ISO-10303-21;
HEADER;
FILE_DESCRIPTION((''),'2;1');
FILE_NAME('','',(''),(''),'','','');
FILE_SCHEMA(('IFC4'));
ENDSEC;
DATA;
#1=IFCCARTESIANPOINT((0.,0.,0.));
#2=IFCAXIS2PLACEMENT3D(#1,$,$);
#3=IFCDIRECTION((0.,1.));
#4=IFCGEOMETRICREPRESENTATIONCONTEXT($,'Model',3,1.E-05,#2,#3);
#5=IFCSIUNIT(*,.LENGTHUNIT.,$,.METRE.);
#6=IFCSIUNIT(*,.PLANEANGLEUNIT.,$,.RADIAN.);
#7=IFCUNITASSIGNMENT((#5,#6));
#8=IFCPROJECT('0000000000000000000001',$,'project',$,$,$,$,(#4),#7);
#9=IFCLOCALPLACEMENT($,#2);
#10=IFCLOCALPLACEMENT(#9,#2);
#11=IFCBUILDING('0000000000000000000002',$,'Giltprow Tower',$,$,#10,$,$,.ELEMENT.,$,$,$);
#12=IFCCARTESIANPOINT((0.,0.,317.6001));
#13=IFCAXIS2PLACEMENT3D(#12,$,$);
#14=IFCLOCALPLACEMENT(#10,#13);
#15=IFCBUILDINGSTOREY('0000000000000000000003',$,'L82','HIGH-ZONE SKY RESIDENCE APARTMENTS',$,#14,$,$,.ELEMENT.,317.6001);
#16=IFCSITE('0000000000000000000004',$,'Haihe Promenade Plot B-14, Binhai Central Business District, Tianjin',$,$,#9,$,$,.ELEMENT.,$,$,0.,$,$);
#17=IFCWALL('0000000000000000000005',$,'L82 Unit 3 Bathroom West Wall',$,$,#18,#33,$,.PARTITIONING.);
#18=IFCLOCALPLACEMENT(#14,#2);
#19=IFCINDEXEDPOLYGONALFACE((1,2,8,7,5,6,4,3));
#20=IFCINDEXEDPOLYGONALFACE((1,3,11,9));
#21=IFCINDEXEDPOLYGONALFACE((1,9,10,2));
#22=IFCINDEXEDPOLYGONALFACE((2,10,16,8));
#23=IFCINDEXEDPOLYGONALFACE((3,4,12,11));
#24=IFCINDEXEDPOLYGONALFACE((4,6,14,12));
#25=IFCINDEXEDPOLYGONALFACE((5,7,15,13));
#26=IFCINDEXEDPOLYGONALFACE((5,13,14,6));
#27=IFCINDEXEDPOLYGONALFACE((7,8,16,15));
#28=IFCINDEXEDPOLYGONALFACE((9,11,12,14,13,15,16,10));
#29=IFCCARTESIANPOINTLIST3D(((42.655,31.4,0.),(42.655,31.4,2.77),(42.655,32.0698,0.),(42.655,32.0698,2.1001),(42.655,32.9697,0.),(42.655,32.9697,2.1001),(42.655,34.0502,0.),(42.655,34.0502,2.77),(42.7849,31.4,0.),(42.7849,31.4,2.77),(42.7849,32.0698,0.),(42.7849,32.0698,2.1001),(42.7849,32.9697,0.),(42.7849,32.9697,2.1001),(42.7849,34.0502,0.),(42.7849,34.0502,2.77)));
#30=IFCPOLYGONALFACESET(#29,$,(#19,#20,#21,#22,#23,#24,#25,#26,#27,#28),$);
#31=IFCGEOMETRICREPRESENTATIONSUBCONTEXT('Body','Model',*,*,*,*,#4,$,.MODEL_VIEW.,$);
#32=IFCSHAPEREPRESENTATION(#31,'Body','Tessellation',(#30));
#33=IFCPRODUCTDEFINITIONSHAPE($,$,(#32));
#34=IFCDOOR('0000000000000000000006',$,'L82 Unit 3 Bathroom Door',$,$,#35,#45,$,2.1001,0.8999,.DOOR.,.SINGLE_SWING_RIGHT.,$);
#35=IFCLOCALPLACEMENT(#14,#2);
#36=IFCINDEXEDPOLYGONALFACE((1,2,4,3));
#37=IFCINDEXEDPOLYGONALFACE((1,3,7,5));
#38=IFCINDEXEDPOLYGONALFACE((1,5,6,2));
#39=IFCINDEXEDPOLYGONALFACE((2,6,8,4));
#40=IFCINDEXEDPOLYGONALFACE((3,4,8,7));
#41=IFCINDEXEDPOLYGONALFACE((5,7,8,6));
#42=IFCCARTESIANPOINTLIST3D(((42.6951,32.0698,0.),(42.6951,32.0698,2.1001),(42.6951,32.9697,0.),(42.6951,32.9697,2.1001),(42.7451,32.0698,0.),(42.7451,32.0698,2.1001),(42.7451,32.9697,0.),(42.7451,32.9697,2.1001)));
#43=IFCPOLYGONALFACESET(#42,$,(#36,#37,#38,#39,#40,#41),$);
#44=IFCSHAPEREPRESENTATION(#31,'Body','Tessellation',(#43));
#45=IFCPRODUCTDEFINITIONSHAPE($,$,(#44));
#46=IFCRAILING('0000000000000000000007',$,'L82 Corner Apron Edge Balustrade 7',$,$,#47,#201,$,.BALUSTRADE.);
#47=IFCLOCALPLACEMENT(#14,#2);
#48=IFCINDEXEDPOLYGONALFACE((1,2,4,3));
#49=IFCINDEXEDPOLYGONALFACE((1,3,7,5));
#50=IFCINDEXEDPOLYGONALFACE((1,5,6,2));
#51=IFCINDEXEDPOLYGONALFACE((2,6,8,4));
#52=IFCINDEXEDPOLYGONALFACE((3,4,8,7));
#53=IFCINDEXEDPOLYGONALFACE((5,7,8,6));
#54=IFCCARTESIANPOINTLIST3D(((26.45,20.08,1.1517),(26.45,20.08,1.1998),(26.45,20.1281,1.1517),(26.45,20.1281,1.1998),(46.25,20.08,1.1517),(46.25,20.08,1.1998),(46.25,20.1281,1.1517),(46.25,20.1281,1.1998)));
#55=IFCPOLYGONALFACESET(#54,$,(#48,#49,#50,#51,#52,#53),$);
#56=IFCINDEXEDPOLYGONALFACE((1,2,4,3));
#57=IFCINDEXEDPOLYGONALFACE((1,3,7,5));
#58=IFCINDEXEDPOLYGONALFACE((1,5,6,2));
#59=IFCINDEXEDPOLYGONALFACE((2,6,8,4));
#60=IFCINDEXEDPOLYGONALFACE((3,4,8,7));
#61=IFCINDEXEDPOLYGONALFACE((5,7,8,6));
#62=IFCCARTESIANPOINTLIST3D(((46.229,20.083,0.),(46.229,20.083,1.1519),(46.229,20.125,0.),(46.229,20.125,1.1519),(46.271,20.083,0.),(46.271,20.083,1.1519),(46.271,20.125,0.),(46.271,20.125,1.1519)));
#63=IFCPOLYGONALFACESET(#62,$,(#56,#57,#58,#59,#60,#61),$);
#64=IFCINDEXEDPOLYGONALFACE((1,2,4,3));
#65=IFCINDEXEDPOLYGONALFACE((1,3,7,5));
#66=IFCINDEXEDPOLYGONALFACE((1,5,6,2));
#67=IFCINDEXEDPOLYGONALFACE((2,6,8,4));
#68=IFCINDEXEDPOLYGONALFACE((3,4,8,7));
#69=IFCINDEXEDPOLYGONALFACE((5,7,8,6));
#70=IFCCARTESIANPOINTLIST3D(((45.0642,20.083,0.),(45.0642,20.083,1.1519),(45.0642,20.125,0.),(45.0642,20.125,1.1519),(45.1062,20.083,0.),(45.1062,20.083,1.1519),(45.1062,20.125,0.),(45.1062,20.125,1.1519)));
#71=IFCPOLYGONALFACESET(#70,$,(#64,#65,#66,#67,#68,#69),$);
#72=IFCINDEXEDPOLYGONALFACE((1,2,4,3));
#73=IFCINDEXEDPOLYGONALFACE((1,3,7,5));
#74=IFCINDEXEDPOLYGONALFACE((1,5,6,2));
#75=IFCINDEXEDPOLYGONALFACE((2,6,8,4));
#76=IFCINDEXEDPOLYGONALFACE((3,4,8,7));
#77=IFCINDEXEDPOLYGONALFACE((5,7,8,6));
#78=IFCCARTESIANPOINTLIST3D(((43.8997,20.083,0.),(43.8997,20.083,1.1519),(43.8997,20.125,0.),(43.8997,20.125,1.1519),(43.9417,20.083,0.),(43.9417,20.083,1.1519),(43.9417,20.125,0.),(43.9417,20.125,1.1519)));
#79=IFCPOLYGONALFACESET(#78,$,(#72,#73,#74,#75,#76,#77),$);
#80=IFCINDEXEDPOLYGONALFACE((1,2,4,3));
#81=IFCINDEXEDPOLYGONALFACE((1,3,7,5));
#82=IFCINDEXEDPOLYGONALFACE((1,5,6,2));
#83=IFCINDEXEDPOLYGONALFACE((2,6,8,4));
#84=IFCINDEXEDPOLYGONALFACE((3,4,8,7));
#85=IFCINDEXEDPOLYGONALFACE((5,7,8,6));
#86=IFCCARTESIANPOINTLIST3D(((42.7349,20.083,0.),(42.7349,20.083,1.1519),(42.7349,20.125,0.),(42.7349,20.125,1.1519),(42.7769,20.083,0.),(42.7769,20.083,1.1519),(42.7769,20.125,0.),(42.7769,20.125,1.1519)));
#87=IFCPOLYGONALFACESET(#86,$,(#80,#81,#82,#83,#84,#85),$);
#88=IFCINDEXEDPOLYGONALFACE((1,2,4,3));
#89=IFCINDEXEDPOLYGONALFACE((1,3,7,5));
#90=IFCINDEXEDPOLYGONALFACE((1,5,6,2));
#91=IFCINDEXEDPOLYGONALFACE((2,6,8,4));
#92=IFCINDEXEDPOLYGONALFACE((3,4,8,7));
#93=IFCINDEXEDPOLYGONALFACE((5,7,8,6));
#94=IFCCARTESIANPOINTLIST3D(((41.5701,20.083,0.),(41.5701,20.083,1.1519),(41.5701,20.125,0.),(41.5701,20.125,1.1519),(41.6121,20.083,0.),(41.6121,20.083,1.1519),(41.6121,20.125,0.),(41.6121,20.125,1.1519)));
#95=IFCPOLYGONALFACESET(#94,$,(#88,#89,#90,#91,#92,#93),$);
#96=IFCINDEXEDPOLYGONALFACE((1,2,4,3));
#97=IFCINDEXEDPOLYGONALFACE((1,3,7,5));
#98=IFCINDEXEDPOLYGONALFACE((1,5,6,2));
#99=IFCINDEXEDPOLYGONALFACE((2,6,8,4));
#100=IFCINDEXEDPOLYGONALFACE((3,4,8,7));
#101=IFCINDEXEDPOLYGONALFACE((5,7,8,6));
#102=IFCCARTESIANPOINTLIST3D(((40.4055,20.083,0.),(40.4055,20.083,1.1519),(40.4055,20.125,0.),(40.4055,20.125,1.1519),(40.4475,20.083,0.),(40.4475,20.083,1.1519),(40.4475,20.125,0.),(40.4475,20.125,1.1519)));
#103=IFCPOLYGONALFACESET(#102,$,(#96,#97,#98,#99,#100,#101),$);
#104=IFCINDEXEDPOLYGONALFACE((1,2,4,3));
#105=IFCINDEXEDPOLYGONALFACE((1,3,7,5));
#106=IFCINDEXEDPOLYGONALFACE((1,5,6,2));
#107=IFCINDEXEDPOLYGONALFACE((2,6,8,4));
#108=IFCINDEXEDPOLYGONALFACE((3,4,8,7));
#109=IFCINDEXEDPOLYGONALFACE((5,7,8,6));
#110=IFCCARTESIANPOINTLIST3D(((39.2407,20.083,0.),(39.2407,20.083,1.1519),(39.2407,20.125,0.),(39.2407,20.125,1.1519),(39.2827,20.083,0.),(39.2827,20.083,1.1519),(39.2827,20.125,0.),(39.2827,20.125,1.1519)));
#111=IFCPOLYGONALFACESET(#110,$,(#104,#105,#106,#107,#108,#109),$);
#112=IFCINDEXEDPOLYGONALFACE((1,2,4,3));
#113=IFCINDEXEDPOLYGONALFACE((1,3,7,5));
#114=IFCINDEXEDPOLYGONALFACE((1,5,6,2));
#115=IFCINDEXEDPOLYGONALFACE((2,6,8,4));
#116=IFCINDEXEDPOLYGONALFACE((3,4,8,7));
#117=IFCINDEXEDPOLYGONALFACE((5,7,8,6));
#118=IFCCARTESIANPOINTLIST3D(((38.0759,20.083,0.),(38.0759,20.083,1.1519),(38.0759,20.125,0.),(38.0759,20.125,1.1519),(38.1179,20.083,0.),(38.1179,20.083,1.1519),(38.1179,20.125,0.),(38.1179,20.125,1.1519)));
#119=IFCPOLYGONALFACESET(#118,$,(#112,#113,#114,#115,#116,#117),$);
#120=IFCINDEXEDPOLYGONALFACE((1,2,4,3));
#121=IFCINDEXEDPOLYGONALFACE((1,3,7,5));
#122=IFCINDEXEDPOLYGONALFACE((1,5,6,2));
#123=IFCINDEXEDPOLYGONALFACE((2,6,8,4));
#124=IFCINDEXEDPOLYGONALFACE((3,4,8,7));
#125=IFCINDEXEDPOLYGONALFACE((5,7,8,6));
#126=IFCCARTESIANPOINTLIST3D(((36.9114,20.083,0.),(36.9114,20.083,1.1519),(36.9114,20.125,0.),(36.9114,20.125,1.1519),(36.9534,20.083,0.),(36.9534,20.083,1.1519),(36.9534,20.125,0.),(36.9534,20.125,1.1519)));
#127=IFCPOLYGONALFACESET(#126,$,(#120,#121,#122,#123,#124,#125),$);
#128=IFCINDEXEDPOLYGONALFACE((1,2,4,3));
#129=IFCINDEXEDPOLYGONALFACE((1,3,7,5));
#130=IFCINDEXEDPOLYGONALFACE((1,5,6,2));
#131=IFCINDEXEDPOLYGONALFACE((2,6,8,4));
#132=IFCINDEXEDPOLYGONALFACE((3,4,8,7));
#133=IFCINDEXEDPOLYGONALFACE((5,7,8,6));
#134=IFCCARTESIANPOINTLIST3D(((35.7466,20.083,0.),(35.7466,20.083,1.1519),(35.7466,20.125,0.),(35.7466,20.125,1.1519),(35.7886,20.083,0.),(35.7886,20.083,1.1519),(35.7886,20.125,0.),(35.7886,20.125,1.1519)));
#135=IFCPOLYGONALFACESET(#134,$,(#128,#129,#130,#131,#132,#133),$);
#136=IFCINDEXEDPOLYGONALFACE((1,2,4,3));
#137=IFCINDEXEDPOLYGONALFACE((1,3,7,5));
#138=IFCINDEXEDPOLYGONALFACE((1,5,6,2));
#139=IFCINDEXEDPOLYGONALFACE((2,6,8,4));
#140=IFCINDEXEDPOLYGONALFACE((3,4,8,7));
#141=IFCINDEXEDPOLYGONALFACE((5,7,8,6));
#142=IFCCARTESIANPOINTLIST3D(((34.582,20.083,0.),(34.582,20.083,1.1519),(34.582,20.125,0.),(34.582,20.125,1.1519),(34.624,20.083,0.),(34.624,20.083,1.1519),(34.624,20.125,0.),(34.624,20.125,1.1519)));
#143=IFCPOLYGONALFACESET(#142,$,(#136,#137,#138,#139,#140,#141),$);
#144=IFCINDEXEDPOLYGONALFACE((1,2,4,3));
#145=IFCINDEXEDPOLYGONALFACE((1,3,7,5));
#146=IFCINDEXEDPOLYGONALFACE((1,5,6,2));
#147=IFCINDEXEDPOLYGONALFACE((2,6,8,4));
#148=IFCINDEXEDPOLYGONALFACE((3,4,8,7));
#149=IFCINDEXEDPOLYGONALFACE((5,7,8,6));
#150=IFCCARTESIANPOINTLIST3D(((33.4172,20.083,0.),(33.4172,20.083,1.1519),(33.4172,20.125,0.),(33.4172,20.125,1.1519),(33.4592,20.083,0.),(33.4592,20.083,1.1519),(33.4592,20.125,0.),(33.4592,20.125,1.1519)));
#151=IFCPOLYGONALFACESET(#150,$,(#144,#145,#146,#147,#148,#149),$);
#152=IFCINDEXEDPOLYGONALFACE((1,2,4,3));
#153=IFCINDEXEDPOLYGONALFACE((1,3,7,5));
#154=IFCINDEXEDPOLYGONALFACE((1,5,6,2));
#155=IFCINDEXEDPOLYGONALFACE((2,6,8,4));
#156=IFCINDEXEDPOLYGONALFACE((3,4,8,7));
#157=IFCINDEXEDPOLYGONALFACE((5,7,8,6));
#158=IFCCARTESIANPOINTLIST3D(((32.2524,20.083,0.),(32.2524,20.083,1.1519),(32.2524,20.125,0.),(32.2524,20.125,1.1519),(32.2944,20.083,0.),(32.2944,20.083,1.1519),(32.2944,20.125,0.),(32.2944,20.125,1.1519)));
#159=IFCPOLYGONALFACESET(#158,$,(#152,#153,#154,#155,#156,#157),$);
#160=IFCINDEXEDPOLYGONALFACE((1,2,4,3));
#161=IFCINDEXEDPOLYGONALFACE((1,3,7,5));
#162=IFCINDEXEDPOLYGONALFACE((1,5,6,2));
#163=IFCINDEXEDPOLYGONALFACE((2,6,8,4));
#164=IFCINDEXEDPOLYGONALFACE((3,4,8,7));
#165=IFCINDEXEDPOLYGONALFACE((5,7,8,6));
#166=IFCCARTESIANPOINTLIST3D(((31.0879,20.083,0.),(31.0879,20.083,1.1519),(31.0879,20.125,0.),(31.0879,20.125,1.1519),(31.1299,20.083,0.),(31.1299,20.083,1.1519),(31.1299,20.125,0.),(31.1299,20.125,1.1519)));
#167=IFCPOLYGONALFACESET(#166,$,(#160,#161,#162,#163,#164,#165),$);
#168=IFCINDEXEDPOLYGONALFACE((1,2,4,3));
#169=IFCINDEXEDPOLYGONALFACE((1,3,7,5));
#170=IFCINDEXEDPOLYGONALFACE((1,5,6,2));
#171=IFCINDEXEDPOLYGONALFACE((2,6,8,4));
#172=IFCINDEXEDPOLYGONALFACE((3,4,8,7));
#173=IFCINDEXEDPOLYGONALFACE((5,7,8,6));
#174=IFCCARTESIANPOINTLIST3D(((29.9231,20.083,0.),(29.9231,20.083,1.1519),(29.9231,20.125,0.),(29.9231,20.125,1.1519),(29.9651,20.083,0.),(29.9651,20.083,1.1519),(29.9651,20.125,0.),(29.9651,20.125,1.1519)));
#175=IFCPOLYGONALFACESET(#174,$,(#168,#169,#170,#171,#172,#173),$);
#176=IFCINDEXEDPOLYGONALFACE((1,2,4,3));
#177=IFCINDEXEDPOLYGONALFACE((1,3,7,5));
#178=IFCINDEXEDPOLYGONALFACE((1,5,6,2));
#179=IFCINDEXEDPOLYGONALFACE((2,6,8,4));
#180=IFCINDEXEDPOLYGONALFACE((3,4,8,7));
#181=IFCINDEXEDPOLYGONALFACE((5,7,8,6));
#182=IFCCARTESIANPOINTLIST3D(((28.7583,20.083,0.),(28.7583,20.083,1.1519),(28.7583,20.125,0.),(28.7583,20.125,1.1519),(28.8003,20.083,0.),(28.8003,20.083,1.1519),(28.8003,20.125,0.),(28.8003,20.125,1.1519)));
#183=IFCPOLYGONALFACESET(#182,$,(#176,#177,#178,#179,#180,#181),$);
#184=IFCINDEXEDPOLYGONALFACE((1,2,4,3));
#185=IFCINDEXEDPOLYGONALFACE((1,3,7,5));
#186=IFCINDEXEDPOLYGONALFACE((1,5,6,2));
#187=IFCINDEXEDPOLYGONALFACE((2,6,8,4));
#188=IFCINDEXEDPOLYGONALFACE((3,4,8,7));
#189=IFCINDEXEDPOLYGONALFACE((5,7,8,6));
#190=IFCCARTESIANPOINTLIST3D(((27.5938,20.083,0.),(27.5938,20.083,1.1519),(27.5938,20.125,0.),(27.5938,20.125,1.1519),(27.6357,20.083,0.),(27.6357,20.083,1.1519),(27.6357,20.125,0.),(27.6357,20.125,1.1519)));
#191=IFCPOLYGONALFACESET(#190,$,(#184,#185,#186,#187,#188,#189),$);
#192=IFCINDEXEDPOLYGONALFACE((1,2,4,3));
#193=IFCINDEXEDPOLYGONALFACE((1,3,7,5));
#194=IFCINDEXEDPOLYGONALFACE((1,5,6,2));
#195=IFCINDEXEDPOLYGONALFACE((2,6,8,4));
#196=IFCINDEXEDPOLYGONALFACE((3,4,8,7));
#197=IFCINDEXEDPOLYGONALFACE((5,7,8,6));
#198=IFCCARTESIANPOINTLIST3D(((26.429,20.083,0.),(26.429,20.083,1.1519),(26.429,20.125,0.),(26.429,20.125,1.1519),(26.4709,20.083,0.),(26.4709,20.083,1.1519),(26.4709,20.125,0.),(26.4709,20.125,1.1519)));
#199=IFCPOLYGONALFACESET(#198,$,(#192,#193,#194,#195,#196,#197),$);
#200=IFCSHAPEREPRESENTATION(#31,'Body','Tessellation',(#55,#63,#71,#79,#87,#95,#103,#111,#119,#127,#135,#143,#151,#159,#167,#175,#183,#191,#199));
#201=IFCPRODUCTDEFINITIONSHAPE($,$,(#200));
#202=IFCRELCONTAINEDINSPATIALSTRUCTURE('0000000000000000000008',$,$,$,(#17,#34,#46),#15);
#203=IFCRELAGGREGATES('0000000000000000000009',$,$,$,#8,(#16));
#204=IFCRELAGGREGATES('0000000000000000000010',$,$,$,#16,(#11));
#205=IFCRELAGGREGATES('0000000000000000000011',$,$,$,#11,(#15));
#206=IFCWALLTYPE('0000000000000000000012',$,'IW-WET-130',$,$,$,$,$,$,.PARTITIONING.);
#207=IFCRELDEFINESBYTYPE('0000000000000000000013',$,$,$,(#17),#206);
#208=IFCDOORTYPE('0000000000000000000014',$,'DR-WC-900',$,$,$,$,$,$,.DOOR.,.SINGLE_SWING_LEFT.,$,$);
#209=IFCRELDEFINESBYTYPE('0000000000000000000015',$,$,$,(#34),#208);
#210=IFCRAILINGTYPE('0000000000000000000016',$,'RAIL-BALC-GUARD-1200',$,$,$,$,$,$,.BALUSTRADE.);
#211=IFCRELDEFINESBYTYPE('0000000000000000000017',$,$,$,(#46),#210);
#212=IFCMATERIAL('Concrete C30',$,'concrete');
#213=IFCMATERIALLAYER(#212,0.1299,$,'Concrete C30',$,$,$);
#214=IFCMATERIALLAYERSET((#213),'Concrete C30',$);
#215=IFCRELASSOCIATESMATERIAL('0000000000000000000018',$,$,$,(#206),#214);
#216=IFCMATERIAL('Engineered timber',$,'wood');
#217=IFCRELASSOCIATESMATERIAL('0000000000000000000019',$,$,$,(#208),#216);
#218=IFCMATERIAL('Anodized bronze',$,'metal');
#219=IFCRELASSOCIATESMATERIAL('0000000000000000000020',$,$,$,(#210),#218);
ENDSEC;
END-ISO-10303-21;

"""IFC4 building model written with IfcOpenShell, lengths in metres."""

from ifc_helpers import new_model, si_unit, direction, frame, frame_2d, origin, origin_2d, place, context, subcontext, project, spatial, rectangle, extrude, source, transform, mapped, material, layer, layer_set, type_object, element, fill, save


model = new_model("IFC4")

# Units and contexts
model_context = context("Model", 3, precision=1e-05, world=origin(), true_north=direction((0.0, 1.0)))
body_context = subcontext(model_context, "Body", "Model", "MODEL_VIEW")
ifc_project = project(units=[si_unit("LENGTHUNIT", "METRE"), si_unit("PLANEANGLEUNIT", "RADIAN")], contexts=[model_context])

# Site, building, storey
site_placement = place(None, origin())
site = spatial("IfcSite", under=ifc_project, at=site_placement, Name="Haihe Promenade Plot B-14, Binhai Central Business District, Tianjin", CompositionType="ELEMENT", RefElevation=0.0)
building_placement = place(site_placement, origin())
building = spatial("IfcBuilding", under=site, at=building_placement, Name="Giltprow Tower", CompositionType="ELEMENT")
storey_placement = place(building_placement, frame((0.0, 0.0, 317.6001)))
storey = spatial("IfcBuildingStorey", under=building, at=storey_placement, Name="L82", Description="HIGH-ZONE SKY RESIDENCE APARTMENTS", CompositionType="ELEMENT", Elevation=317.6001)

# Shared definitions
ifc_material_1 = material(Name="Engineered timber", Category="wood")

# Shared definitions
ifc_material_2 = material(Name="Concrete C30", Category="concrete")
ifc_layer_1 = layer(ifc_material_2, 0.1299, Name="Concrete C30")
ifc_layer_set_1 = layer_set([ifc_layer_1], Name="Concrete C30")
wall_type_1 = type_object("IfcWallType", Name="IW-WET-130", PredefinedType="PARTITIONING", material=ifc_layer_set_1)

# Wall, opening, door
wall_1_placement = place(storey_placement, frame((42.72, 31.3999, 0.0), z_axis=(0.0, 0.0, 1.0), x_axis=(0.0, 1.0, 0.0)))
wall_1 = element("IfcWall", 1, at=wall_1_placement, inside=storey, type_object=wall_type_1, Name="L82 Unit 3 Bathroom West Wall", PredefinedType="PARTITIONING", context=body_context, shape_type="SweptSolid", body=[
    extrude(rectangle(XDim=2.6501, YDim=0.1299, at=frame_2d((1.3252, 0.0))), origin(), (0.0, 0.0, 1.0), 2.77),
])
opening_1_placement = place(wall_1_placement, frame((0.6699, 0.0, 0.0)))
opening_1 = element("IfcOpeningElement", 2, at=opening_1_placement, cuts=wall_1, PredefinedType="OPENING", context=body_context, shape_type="SweptSolid", body=[
    extrude(rectangle(XDim=0.8999, YDim=2.1001, at=frame_2d((0.45, 1.05))), frame((0.0, 0.075, 0.0), z_axis=(0.0, -1.0, 0.0), x_axis=(1.0, 0.0, 0.0)), (0.0, 0.0, 1.0), 0.1499),
])
door_type_1 = type_object("IfcDoorType", Name="DR-WC-900", OperationType="SINGLE_SWING_LEFT", PredefinedType="DOOR", material=ifc_material_1)
shared_shape_1 = source(origin(), body_context, "Body", "SweptSolid", [
    extrude(rectangle(XDim=0.8999, YDim=2.1001, at=frame_2d((0.45, 1.05))), frame((0.0, 0.0249, 0.0), z_axis=(0.0, -1.0, 0.0), x_axis=(1.0, 0.0, 0.0)), (0.0, 0.0, 1.0), 0.05),
])
door_1_placement = place(opening_1_placement, origin())
door_1 = element("IfcDoor", 3, at=door_1_placement, inside=storey, type_object=door_type_1, Name="L82 Unit 3 Bathroom Door", OperationType="SINGLE_SWING_RIGHT", OverallHeight=2.1001, OverallWidth=0.8999, PredefinedType="DOOR", context=body_context, shape_type="MappedRepresentation", body=[
    mapped(shared_shape_1, transform((0.0, 0.0, 0.0), x_axis=(1.0, 0.0, 0.0), y_axis=(0.0, 1.0, 0.0), z_axis=(0.0, 0.0, 1.0), scale=1.0)),
])
fill(opening_1, door_1)

# Railing
ifc_material_3 = material(Name="Anodized bronze", Category="metal")
railing_type = type_object("IfcRailingType", Name="RAIL-BALC-GUARD-1200", PredefinedType="BALUSTRADE", material=ifc_material_3)
railing_placement = place(storey_placement, frame((46.25, 20.104, 0.0)))
element("IfcRailing", 4, at=railing_placement, inside=storey, type_object=railing_type, Name="L82 Corner Apron Edge Balustrade 7", PredefinedType="BALUSTRADE", context=body_context, shape_type="SweptSolid", body=[
    extrude(rectangle(XDim=0.0481, YDim=0.0481, at=origin_2d()), frame((0.0, 0.0, 1.1758), z_axis=(-1.0, 0.0, 0.0), x_axis=(0.0, -1.0, 0.0)), (0.0, 0.0, 1.0), 19.8),
    extrude(rectangle(XDim=0.042, YDim=0.042, at=origin_2d()), origin(), (0.0, 0.0, 1.0), 1.1519),
    extrude(rectangle(XDim=0.042, YDim=0.042, at=origin_2d()), frame((-1.1648, 0.0, 0.0)), (0.0, 0.0, 1.0), 1.1519),
    extrude(rectangle(XDim=0.042, YDim=0.042, at=origin_2d()), frame((-2.3293, 0.0, 0.0)), (0.0, 0.0, 1.0), 1.1519),
    extrude(rectangle(XDim=0.042, YDim=0.042, at=origin_2d()), frame((-3.4941, 0.0, 0.0)), (0.0, 0.0, 1.0), 1.1519),
    extrude(rectangle(XDim=0.042, YDim=0.042, at=origin_2d()), frame((-4.6589, 0.0, 0.0)), (0.0, 0.0, 1.0), 1.1519),
    extrude(rectangle(XDim=0.042, YDim=0.042, at=origin_2d()), frame((-5.8235, 0.0, 0.0)), (0.0, 0.0, 1.0), 1.1519),
    extrude(rectangle(XDim=0.042, YDim=0.042, at=origin_2d()), frame((-6.9883, 0.0, 0.0)), (0.0, 0.0, 1.0), 1.1519),
    extrude(rectangle(XDim=0.042, YDim=0.042, at=origin_2d()), frame((-8.1531, 0.0, 0.0)), (0.0, 0.0, 1.0), 1.1519),
    extrude(rectangle(XDim=0.042, YDim=0.042, at=origin_2d()), frame((-9.3176, 0.0, 0.0)), (0.0, 0.0, 1.0), 1.1519),
    extrude(rectangle(XDim=0.042, YDim=0.042, at=origin_2d()), frame((-10.4824, 0.0, 0.0)), (0.0, 0.0, 1.0), 1.1519),
    extrude(rectangle(XDim=0.042, YDim=0.042, at=origin_2d()), frame((-11.647, 0.0, 0.0)), (0.0, 0.0, 1.0), 1.1519),
    extrude(rectangle(XDim=0.042, YDim=0.042, at=origin_2d()), frame((-12.8118, 0.0, 0.0)), (0.0, 0.0, 1.0), 1.1519),
    extrude(rectangle(XDim=0.042, YDim=0.042, at=origin_2d()), frame((-13.9766, 0.0, 0.0)), (0.0, 0.0, 1.0), 1.1519),
    extrude(rectangle(XDim=0.042, YDim=0.042, at=origin_2d()), frame((-15.1411, 0.0, 0.0)), (0.0, 0.0, 1.0), 1.1519),
    extrude(rectangle(XDim=0.042, YDim=0.042, at=origin_2d()), frame((-16.3059, 0.0, 0.0)), (0.0, 0.0, 1.0), 1.1519),
    extrude(rectangle(XDim=0.042, YDim=0.042, at=origin_2d()), frame((-17.4707, 0.0, 0.0)), (0.0, 0.0, 1.0), 1.1519),
    extrude(rectangle(XDim=0.042, YDim=0.042, at=origin_2d()), frame((-18.6353, 0.0, 0.0)), (0.0, 0.0, 1.0), 1.1519),
    extrude(rectangle(XDim=0.042, YDim=0.042, at=origin_2d()), frame((-19.8, 0.0, 0.0)), (0.0, 0.0, 1.0), 1.1519),
])

save(model, "model.ifc")
